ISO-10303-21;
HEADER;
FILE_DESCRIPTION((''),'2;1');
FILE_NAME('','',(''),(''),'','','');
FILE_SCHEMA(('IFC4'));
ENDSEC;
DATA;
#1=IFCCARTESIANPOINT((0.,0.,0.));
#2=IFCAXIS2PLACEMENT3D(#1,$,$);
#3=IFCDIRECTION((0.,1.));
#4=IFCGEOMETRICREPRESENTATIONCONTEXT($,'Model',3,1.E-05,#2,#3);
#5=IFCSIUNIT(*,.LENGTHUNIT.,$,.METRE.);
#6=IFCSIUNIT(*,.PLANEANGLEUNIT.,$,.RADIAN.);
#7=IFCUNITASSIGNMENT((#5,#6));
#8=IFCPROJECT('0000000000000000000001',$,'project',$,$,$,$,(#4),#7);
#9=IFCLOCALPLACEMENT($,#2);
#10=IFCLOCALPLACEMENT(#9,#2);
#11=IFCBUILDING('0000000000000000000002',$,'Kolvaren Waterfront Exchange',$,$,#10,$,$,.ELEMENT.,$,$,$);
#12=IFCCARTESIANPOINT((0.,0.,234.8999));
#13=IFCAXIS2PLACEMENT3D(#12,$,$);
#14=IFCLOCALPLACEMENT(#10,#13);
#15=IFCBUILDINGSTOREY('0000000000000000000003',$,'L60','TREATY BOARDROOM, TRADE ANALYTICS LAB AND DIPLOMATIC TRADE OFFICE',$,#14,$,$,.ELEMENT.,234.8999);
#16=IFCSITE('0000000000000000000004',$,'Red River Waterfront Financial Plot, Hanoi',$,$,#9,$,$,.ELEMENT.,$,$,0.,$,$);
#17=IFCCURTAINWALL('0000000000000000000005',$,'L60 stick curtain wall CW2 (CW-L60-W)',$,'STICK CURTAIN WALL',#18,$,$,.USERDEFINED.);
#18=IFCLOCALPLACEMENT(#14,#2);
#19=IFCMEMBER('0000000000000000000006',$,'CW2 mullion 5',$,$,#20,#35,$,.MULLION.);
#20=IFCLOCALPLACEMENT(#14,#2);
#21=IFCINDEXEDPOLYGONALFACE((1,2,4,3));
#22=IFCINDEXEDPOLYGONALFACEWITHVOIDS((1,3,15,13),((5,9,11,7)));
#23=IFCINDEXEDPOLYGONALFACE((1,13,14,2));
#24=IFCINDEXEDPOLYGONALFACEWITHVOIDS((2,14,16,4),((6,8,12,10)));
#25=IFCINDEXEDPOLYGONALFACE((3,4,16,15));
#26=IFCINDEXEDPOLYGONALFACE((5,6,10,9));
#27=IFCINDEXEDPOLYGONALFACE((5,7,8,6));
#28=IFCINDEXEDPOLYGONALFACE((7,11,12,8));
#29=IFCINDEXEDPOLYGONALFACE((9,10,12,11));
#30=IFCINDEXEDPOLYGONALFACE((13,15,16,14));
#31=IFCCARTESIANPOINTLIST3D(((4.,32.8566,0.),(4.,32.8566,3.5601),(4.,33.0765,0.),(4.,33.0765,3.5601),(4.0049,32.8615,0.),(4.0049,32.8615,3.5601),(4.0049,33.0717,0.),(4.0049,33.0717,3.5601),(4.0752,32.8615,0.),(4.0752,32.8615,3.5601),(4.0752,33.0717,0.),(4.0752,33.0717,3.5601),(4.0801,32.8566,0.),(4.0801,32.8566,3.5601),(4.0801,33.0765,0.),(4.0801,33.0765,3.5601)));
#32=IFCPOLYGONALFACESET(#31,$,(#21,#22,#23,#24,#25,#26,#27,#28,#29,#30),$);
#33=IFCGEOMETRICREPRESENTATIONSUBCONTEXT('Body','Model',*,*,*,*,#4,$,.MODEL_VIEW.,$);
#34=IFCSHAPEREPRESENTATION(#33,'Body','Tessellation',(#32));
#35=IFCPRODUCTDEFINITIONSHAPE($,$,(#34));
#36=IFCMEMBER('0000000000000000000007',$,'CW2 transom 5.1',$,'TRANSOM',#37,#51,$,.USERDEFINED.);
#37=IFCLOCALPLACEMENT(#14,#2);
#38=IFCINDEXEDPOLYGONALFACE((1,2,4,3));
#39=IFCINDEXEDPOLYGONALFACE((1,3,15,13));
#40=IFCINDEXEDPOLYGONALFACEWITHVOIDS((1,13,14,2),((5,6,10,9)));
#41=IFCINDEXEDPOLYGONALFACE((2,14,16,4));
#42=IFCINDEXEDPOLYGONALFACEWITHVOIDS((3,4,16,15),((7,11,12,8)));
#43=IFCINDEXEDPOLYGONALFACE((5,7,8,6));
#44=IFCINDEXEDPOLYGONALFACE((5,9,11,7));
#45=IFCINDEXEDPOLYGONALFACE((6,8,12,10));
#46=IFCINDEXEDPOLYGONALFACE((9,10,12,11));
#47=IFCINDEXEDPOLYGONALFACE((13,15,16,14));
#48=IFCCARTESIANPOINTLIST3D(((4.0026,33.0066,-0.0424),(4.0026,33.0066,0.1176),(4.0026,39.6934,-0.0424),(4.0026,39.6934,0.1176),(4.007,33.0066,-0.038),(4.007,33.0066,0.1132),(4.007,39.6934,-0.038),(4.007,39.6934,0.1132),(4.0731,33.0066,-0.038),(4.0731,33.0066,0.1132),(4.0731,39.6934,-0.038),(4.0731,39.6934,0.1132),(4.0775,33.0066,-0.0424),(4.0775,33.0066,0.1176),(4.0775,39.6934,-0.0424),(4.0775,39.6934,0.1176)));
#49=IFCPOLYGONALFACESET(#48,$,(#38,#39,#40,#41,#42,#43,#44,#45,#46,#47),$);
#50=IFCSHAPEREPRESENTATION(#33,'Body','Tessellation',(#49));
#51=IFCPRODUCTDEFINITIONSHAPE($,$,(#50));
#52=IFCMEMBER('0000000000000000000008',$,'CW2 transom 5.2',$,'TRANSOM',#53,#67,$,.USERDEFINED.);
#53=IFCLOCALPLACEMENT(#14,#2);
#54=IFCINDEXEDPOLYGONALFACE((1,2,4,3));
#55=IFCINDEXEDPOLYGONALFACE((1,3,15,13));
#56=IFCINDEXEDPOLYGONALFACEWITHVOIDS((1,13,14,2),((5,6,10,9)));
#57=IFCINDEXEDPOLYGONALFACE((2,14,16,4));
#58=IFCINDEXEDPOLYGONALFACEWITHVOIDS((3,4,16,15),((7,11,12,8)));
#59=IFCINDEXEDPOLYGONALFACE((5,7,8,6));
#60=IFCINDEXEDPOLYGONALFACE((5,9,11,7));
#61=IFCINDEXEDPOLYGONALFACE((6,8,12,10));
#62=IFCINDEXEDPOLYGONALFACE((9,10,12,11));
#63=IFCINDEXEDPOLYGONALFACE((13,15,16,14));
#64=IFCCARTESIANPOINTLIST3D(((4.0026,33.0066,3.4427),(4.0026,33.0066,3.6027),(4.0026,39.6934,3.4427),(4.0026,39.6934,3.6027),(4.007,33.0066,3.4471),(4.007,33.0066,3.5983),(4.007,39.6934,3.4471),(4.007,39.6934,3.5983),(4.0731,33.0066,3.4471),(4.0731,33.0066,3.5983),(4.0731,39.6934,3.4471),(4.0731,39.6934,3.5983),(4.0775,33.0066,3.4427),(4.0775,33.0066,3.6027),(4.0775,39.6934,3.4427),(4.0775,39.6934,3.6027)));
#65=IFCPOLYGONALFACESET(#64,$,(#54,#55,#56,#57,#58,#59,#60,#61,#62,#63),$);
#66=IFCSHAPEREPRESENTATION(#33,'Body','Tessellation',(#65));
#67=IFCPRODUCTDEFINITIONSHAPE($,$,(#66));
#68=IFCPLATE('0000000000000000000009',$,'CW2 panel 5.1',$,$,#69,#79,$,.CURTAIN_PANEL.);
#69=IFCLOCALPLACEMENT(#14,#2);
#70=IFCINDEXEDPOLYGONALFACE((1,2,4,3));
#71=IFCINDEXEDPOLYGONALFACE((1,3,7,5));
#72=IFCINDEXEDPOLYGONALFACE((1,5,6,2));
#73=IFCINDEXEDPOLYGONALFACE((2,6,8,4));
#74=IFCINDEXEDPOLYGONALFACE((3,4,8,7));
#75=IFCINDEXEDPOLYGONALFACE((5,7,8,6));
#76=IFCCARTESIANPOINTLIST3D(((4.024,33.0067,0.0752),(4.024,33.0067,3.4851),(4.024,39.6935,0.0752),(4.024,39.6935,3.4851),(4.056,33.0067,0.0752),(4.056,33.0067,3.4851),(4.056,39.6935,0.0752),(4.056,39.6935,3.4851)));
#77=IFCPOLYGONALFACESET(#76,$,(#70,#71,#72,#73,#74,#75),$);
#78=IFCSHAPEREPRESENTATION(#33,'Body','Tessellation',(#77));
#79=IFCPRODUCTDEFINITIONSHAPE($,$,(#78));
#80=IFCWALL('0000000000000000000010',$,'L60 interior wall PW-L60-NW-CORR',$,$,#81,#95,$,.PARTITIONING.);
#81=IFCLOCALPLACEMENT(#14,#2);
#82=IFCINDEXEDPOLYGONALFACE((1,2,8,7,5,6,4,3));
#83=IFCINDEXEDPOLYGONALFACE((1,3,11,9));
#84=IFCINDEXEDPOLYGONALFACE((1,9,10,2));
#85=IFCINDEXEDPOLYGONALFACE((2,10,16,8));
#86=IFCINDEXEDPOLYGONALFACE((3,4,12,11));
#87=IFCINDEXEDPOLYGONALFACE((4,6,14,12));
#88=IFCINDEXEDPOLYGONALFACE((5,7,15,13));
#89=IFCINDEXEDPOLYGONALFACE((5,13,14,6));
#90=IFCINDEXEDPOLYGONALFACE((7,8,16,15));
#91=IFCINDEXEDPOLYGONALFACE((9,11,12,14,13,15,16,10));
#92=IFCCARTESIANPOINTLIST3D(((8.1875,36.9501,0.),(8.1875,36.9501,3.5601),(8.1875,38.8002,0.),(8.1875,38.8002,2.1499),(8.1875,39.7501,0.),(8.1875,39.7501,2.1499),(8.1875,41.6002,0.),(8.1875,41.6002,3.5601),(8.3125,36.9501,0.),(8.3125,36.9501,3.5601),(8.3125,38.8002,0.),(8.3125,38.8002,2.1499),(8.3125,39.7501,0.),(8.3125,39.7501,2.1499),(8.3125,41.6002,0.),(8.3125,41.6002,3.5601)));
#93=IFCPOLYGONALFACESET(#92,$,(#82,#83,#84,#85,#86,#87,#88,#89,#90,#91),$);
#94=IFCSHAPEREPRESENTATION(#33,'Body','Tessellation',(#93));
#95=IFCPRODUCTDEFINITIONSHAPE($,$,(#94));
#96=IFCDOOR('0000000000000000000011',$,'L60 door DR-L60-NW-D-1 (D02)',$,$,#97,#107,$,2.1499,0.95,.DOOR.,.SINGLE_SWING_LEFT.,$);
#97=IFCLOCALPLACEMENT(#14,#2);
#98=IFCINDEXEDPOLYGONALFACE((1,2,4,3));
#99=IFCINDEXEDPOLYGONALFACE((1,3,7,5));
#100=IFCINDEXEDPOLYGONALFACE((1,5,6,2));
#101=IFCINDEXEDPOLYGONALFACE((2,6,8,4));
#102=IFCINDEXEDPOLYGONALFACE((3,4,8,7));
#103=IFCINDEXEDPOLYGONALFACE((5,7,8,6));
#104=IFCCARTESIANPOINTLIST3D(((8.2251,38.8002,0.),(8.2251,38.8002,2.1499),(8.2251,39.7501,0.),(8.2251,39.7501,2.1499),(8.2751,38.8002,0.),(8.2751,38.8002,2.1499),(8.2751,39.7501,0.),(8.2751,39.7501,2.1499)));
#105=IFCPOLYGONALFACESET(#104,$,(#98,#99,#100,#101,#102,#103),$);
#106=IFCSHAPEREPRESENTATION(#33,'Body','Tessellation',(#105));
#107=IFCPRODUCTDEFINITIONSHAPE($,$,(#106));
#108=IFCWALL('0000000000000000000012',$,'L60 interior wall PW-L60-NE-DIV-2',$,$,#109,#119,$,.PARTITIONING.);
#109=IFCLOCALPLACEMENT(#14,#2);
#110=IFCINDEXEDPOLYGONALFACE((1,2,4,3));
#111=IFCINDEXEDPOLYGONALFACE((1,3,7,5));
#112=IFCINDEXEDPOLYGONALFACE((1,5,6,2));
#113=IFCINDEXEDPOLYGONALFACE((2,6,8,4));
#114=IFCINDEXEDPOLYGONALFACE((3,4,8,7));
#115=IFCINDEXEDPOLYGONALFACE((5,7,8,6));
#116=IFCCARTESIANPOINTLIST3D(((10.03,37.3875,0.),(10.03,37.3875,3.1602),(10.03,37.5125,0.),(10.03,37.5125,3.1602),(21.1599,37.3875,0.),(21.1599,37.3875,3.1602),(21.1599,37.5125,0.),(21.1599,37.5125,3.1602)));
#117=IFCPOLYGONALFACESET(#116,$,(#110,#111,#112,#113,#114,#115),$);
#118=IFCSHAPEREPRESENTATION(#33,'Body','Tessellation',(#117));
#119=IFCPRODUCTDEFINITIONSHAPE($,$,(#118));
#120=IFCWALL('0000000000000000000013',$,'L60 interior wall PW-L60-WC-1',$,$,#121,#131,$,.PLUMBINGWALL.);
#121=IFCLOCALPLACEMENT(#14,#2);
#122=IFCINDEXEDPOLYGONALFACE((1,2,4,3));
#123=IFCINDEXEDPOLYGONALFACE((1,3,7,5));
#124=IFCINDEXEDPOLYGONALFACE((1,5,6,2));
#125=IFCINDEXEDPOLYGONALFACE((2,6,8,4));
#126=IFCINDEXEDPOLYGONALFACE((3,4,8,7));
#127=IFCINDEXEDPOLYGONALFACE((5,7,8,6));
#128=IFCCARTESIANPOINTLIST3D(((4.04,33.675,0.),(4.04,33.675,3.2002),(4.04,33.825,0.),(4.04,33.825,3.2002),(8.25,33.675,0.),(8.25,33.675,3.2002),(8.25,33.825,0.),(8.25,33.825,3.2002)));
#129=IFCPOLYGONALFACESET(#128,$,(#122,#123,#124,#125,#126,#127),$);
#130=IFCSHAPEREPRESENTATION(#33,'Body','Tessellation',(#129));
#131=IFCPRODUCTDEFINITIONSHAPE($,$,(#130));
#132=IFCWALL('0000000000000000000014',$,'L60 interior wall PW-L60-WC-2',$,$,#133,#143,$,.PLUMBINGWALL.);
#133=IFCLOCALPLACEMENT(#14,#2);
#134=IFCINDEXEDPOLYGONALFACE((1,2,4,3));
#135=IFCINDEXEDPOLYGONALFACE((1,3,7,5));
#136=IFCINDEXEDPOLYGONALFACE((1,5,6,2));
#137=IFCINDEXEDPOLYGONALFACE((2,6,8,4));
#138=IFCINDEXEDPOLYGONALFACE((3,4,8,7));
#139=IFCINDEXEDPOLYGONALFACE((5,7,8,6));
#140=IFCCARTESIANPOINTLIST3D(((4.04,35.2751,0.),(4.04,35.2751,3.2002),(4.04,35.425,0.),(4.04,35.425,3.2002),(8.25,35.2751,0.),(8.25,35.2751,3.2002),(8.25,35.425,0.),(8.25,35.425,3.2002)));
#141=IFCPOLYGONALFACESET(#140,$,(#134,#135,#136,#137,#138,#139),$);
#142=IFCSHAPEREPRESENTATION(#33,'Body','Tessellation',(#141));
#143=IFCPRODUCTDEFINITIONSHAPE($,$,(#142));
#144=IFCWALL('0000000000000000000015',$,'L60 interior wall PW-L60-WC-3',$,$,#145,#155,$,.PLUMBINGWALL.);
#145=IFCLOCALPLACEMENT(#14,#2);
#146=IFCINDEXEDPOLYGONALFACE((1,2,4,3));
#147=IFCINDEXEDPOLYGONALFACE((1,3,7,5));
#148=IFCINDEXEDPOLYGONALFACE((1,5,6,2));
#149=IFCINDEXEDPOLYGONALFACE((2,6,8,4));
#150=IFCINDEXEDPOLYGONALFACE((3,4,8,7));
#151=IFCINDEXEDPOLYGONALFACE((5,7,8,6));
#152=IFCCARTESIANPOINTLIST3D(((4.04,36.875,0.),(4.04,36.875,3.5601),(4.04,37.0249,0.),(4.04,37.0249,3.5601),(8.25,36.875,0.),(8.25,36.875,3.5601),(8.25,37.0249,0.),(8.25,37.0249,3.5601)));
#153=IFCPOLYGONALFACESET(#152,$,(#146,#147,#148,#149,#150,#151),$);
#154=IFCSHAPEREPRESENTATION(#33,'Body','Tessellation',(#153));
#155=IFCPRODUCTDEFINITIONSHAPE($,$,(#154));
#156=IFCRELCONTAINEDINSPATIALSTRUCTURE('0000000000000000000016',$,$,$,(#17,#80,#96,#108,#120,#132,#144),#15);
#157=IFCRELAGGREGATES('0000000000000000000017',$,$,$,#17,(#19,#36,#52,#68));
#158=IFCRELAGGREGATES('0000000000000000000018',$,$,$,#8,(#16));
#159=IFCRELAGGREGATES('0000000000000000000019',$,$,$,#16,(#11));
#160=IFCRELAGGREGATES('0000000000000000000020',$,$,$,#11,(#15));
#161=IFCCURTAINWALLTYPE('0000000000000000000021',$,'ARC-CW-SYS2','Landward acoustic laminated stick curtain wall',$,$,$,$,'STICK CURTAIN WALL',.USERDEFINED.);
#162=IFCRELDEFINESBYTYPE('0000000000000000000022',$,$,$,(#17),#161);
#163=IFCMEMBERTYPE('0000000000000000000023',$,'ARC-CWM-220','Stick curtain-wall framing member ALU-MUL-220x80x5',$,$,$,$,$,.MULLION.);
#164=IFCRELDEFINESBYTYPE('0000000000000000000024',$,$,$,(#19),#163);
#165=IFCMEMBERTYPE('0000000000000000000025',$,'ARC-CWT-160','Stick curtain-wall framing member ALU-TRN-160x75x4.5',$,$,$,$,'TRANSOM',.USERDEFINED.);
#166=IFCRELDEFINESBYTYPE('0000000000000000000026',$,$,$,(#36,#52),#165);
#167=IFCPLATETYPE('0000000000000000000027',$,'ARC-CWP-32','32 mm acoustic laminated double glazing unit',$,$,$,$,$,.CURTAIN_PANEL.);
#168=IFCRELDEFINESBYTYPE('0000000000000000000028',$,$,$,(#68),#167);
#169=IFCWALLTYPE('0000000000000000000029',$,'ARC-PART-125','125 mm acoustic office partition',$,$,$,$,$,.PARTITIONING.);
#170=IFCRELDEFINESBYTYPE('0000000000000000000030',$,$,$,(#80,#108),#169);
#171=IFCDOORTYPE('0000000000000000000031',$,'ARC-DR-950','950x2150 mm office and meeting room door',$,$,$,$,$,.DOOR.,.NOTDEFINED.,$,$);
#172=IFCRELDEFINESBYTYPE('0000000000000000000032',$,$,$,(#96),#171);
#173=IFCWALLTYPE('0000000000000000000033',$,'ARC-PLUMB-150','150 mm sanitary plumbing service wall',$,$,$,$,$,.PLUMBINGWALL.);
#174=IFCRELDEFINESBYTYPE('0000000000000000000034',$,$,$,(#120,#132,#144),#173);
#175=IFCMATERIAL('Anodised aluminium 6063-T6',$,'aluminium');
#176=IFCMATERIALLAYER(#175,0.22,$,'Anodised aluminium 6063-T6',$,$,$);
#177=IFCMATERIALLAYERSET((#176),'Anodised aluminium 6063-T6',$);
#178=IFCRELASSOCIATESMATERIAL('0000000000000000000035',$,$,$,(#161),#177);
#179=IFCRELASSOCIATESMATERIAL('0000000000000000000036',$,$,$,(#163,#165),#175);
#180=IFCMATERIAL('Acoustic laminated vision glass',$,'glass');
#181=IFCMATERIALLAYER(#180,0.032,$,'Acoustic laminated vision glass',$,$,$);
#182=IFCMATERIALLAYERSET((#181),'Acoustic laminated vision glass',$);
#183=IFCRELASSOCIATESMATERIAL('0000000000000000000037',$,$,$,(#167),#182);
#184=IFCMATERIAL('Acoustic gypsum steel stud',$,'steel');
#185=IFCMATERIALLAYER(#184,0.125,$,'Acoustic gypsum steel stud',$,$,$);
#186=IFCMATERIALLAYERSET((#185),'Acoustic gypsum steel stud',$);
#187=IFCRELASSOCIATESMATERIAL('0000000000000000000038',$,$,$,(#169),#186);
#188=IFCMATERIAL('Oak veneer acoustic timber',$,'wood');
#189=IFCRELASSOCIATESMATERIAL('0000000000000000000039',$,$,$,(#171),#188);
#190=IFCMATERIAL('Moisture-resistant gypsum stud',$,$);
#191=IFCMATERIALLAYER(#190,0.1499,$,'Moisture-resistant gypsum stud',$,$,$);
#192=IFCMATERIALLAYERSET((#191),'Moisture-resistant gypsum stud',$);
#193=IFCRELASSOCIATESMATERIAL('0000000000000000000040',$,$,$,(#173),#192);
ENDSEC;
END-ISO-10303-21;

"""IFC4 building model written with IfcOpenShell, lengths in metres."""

from ifc_helpers import new_model, si_unit, direction, frame, frame_2d, origin, origin_with_axes, origin_2d, place, context, subcontext, project, spatial, rectangle, hollow_rectangle, extrude, source, transform, mapped, material, layer, layer_set, material_profile, profile_set, type_object, element, fill, aggregate, save


model = new_model("IFC4")

# Units and contexts
model_context = context("Model", 3, precision=1e-05, world=origin(), true_north=direction((0.0, 1.0)))
body_context = subcontext(model_context, "Body", "Model", "MODEL_VIEW")
ifc_project = project(units=[si_unit("LENGTHUNIT", "METRE"), si_unit("PLANEANGLEUNIT", "RADIAN")], contexts=[model_context])

# Site, building, storey
site_placement = place(None, origin())
site = spatial("IfcSite", under=ifc_project, at=site_placement, Name="Red River Waterfront Financial Plot, Hanoi", CompositionType="ELEMENT", RefElevation=0.0)
building_placement = place(site_placement, origin())
building = spatial("IfcBuilding", under=site, at=building_placement, Name="Kolvaren Waterfront Exchange", CompositionType="ELEMENT")
storey_placement = place(building_placement, frame((0.0, 0.0, 234.8999)))
storey = spatial("IfcBuildingStorey", under=building, at=storey_placement, Name="L60", Description="TREATY BOARDROOM, TRADE ANALYTICS LAB AND DIPLOMATIC TRADE OFFICE", CompositionType="ELEMENT", Elevation=234.8999)

# Curtain wall, members, plate
ifc_material_1 = material(Name="Anodised aluminium 6063-T6", Category="aluminium")
ifc_layer_1 = layer(ifc_material_1, 0.22, Name="Anodised aluminium 6063-T6")
ifc_layer_set_1 = layer_set([ifc_layer_1], Name="Anodised aluminium 6063-T6")
curtain_wall_type = type_object("IfcCurtainWallType", Name="ARC-CW-SYS2", Description="Landward acoustic laminated stick curtain wall", ElementType="STICK CURTAIN WALL", PredefinedType="USERDEFINED", material=ifc_layer_set_1)
curtain_wall_placement = place(storey_placement, origin())
curtain_wall = element("IfcCurtainWall", 1, at=curtain_wall_placement, inside=storey, type_object=curtain_wall_type, Name="L60 stick curtain wall CW2 (CW-L60-W)", ObjectType="STICK CURTAIN WALL", PredefinedType="USERDEFINED")
ifc_material_profile_1 = material_profile(ifc_material_1, hollow_rectangle(XDim=0.0801, YDim=0.22, WallThickness=0.0049, at=origin_2d()), Name="ALU-MUL-220x80x5")
ifc_profile_set_1 = profile_set([ifc_material_profile_1], Name="Anodised aluminium 6063-T6")
member_type_1 = type_object("IfcMemberType", Name="ARC-CWM-220", Description="Stick curtain-wall framing member ALU-MUL-220x80x5", PredefinedType="MULLION", material=ifc_profile_set_1)
shared_shape_1 = source(origin_with_axes(), body_context, "Body", "SweptSolid", [
    extrude(hollow_rectangle(XDim=0.0801, YDim=0.22, WallThickness=0.0049, at=origin_2d()), origin(), (0.0, 0.0, 1.0), 3.5601),
])
member_1_placement = place(storey_placement, frame((4.04, 32.9666, 0.0), z_axis=(0.0, 0.0, 1.0), x_axis=(-1.0, 0.0, 0.0)))
member_1 = element("IfcMember", 2, at=member_1_placement, type_object=member_type_1, Name="CW2 mullion 5", PredefinedType="MULLION", context=body_context, shape_type="MappedRepresentation", body=[
    mapped(shared_shape_1, transform((0.0, 0.0, 0.0), x_axis=(1.0, 0.0, 0.0), y_axis=(0.0, 1.0, 0.0), z_axis=(0.0, 0.0, 1.0), scale=1.0)),
])
ifc_material_profile_2 = material_profile(ifc_material_1, hollow_rectangle(XDim=0.075, YDim=0.1599, WallThickness=0.0044, at=origin_2d()), Name="ALU-TRN-160x75x4.5")
ifc_profile_set_2 = profile_set([ifc_material_profile_2], Name="Anodised aluminium 6063-T6")
member_type_2 = type_object("IfcMemberType", Name="ARC-CWT-160", Description="Stick curtain-wall framing member ALU-TRN-160x75x4.5", ElementType="TRANSOM", PredefinedType="USERDEFINED", material=ifc_profile_set_2)
shared_shape_2 = source(origin_with_axes(), body_context, "Body", "SweptSolid", [
    extrude(hollow_rectangle(XDim=0.075, YDim=0.1599, WallThickness=0.0044, at=origin_2d()), origin(), (0.0, 0.0, 1.0), 6.6868),
])
member_2_placement = place(storey_placement, frame((4.04, 33.0066, 0.0376), z_axis=(0.0, 1.0, 0.0), x_axis=(-1.0, 0.0, 0.0)))
member_2 = element("IfcMember", 3, at=member_2_placement, type_object=member_type_2, Name="CW2 transom 5.1", ObjectType="TRANSOM", PredefinedType="USERDEFINED", context=body_context, shape_type="MappedRepresentation", body=[
    mapped(shared_shape_2, transform((0.0, 0.0, 0.0), x_axis=(1.0, 0.0, 0.0), y_axis=(0.0, 1.0, 0.0), z_axis=(0.0, 0.0, 1.0), scale=1.0)),
])
member_3_placement = place(storey_placement, frame((4.04, 33.0066, 3.5227), z_axis=(0.0, 1.0, 0.0), x_axis=(-1.0, 0.0, 0.0)))
member_3 = element("IfcMember", 4, at=member_3_placement, type_object=member_type_2, Name="CW2 transom 5.2", ObjectType="TRANSOM", PredefinedType="USERDEFINED", context=body_context, shape_type="MappedRepresentation", body=[
    mapped(shared_shape_2, transform((0.0, 0.0, 0.0), x_axis=(1.0, 0.0, 0.0), y_axis=(0.0, 1.0, 0.0), z_axis=(0.0, 0.0, 1.0), scale=1.0)),
])
ifc_material_2 = material(Name="Acoustic laminated vision glass", Category="glass")
ifc_layer_2 = layer(ifc_material_2, 0.032, Name="Acoustic laminated vision glass")
ifc_layer_set_2 = layer_set([ifc_layer_2], Name="Acoustic laminated vision glass")
plate_type = type_object("IfcPlateType", Name="ARC-CWP-32", Description="32 mm acoustic laminated double glazing unit", PredefinedType="CURTAIN_PANEL", material=ifc_layer_set_2)
shared_shape_3 = source(origin_with_axes(), body_context, "Body", "SweptSolid", [
    extrude(rectangle(XDim=6.6868, YDim=0.032, at=origin_2d()), origin(), (0.0, 0.0, 1.0), 3.4099),
])
plate_placement = place(storey_placement, frame((4.04, 36.3501, 0.0752), z_axis=(0.0, 0.0, 1.0), x_axis=(0.0, 1.0, 0.0)))
plate = element("IfcPlate", 5, at=plate_placement, type_object=plate_type, Name="CW2 panel 5.1", PredefinedType="CURTAIN_PANEL", context=body_context, shape_type="MappedRepresentation", body=[
    mapped(shared_shape_3, transform((0.0, 0.0, 0.0), x_axis=(1.0, 0.0, 0.0), y_axis=(0.0, 1.0, 0.0), z_axis=(0.0, 0.0, 1.0), scale=1.0)),
])
aggregate(curtain_wall, [member_1, member_2, member_3, plate])

# Wall, opening, door
ifc_material_3 = material(Name="Acoustic gypsum steel stud", Category="steel")
ifc_layer_3 = layer(ifc_material_3, 0.125, Name="Acoustic gypsum steel stud")
ifc_layer_set_3 = layer_set([ifc_layer_3], Name="Acoustic gypsum steel stud")
wall_type_1 = type_object("IfcWallType", Name="ARC-PART-125", Description="125 mm acoustic office partition", PredefinedType="PARTITIONING", material=ifc_layer_set_3)
wall_1_placement = place(storey_placement, frame((8.25, 36.95, 0.0), z_axis=(0.0, 0.0, 1.0), x_axis=(0.0, 1.0, 0.0)))
wall_1 = element("IfcWall", 6, at=wall_1_placement, inside=storey, type_object=wall_type_1, Name="L60 interior wall PW-L60-NW-CORR", PredefinedType="PARTITIONING", context=body_context, shape_type="SweptSolid", body=[
    extrude(rectangle(XDim=4.6501, YDim=0.125, at=frame_2d((2.3252, 0.0))), origin(), (0.0, 0.0, 1.0), 3.5601),
])
opening_placement = place(wall_1_placement, frame((1.8501, 0.0, 0.0)))
opening = element("IfcOpeningElement", 7, at=opening_placement, cuts=wall_1, PredefinedType="OPENING", context=body_context, shape_type="SweptSolid", body=[
    extrude(rectangle(XDim=0.95, YDim=2.1499, at=frame_2d((0.4751, 1.075))), frame((0.0, 0.0725, 0.0), z_axis=(0.0, -1.0, 0.0), x_axis=(1.0, 0.0, 0.0)), (0.0, 0.0, 1.0), 0.145),
])
ifc_material_4 = material(Name="Oak veneer acoustic timber", Category="wood")
door_type = type_object("IfcDoorType", Name="ARC-DR-950", Description="950x2150 mm office and meeting room door", OperationType="NOTDEFINED", PredefinedType="DOOR", material=ifc_material_4)
door_placement = place(opening_placement, origin())
door = element("IfcDoor", 8, at=door_placement, inside=storey, type_object=door_type, Name="L60 door DR-L60-NW-D-1 (D02)", OperationType="SINGLE_SWING_LEFT", OverallHeight=2.1499, OverallWidth=0.95, PredefinedType="DOOR", context=body_context, shape_type="SweptSolid", body=[
    extrude(rectangle(XDim=0.95, YDim=2.1499, at=frame_2d((0.4751, 1.075))), frame((0.0, 0.0249, 0.0), z_axis=(0.0, -1.0, 0.0), x_axis=(1.0, 0.0, 0.0)), (0.0, 0.0, 1.0), 0.05),
])
fill(opening, door)

# Walls
wall_2_placement = place(storey_placement, frame((10.03, 37.45, 0.0), z_axis=(0.0, 0.0, 1.0), x_axis=(1.0, 0.0, 0.0)))
element("IfcWall", 9, at=wall_2_placement, inside=storey, type_object=wall_type_1, Name="L60 interior wall PW-L60-NE-DIV-2", PredefinedType="PARTITIONING", context=body_context, shape_type="SweptSolid", body=[
    extrude(rectangle(XDim=11.1299, YDim=0.125, at=frame_2d((5.5649, 0.0))), origin(), (0.0, 0.0, 1.0), 3.1602),
])
ifc_material_5 = material(Name="Moisture-resistant gypsum stud")
ifc_layer_4 = layer(ifc_material_5, 0.1499, Name="Moisture-resistant gypsum stud")
ifc_layer_set_4 = layer_set([ifc_layer_4], Name="Moisture-resistant gypsum stud")
wall_type_2 = type_object("IfcWallType", Name="ARC-PLUMB-150", Description="150 mm sanitary plumbing service wall", PredefinedType="PLUMBINGWALL", material=ifc_layer_set_4)
for number, where, z_axis, x_axis, name in (
    (10, (4.04, 33.75, 0.0), (0.0, 0.0, 1.0), (1.0, 0.0, 0.0), "L60 interior wall PW-L60-WC-1"),
    (11, (4.04, 35.3501, 0.0), (0.0, 0.0, 1.0), (1.0, 0.0, 0.0), "L60 interior wall PW-L60-WC-2"),
):
    element("IfcWall", number, at=place(storey_placement, frame(where, z_axis=z_axis, x_axis=x_axis)), inside=storey, type_object=wall_type_2, Name=name, PredefinedType="PLUMBINGWALL", context=body_context, shape_type="SweptSolid", body=[
        extrude(rectangle(XDim=4.21, YDim=0.1499, at=frame_2d((2.105, 0.0))), origin(), (0.0, 0.0, 1.0), 3.2002),
    ])
wall_3_placement = place(storey_placement, frame((4.04, 36.95, 0.0), z_axis=(0.0, 0.0, 1.0), x_axis=(1.0, 0.0, 0.0)))
element("IfcWall", 12, at=wall_3_placement, inside=storey, type_object=wall_type_2, Name="L60 interior wall PW-L60-WC-3", PredefinedType="PLUMBINGWALL", context=body_context, shape_type="SweptSolid", body=[
    extrude(rectangle(XDim=4.21, YDim=0.1499, at=frame_2d((2.105, 0.0))), origin(), (0.0, 0.0, 1.0), 3.5601),
])

save(model, "model.ifc")
